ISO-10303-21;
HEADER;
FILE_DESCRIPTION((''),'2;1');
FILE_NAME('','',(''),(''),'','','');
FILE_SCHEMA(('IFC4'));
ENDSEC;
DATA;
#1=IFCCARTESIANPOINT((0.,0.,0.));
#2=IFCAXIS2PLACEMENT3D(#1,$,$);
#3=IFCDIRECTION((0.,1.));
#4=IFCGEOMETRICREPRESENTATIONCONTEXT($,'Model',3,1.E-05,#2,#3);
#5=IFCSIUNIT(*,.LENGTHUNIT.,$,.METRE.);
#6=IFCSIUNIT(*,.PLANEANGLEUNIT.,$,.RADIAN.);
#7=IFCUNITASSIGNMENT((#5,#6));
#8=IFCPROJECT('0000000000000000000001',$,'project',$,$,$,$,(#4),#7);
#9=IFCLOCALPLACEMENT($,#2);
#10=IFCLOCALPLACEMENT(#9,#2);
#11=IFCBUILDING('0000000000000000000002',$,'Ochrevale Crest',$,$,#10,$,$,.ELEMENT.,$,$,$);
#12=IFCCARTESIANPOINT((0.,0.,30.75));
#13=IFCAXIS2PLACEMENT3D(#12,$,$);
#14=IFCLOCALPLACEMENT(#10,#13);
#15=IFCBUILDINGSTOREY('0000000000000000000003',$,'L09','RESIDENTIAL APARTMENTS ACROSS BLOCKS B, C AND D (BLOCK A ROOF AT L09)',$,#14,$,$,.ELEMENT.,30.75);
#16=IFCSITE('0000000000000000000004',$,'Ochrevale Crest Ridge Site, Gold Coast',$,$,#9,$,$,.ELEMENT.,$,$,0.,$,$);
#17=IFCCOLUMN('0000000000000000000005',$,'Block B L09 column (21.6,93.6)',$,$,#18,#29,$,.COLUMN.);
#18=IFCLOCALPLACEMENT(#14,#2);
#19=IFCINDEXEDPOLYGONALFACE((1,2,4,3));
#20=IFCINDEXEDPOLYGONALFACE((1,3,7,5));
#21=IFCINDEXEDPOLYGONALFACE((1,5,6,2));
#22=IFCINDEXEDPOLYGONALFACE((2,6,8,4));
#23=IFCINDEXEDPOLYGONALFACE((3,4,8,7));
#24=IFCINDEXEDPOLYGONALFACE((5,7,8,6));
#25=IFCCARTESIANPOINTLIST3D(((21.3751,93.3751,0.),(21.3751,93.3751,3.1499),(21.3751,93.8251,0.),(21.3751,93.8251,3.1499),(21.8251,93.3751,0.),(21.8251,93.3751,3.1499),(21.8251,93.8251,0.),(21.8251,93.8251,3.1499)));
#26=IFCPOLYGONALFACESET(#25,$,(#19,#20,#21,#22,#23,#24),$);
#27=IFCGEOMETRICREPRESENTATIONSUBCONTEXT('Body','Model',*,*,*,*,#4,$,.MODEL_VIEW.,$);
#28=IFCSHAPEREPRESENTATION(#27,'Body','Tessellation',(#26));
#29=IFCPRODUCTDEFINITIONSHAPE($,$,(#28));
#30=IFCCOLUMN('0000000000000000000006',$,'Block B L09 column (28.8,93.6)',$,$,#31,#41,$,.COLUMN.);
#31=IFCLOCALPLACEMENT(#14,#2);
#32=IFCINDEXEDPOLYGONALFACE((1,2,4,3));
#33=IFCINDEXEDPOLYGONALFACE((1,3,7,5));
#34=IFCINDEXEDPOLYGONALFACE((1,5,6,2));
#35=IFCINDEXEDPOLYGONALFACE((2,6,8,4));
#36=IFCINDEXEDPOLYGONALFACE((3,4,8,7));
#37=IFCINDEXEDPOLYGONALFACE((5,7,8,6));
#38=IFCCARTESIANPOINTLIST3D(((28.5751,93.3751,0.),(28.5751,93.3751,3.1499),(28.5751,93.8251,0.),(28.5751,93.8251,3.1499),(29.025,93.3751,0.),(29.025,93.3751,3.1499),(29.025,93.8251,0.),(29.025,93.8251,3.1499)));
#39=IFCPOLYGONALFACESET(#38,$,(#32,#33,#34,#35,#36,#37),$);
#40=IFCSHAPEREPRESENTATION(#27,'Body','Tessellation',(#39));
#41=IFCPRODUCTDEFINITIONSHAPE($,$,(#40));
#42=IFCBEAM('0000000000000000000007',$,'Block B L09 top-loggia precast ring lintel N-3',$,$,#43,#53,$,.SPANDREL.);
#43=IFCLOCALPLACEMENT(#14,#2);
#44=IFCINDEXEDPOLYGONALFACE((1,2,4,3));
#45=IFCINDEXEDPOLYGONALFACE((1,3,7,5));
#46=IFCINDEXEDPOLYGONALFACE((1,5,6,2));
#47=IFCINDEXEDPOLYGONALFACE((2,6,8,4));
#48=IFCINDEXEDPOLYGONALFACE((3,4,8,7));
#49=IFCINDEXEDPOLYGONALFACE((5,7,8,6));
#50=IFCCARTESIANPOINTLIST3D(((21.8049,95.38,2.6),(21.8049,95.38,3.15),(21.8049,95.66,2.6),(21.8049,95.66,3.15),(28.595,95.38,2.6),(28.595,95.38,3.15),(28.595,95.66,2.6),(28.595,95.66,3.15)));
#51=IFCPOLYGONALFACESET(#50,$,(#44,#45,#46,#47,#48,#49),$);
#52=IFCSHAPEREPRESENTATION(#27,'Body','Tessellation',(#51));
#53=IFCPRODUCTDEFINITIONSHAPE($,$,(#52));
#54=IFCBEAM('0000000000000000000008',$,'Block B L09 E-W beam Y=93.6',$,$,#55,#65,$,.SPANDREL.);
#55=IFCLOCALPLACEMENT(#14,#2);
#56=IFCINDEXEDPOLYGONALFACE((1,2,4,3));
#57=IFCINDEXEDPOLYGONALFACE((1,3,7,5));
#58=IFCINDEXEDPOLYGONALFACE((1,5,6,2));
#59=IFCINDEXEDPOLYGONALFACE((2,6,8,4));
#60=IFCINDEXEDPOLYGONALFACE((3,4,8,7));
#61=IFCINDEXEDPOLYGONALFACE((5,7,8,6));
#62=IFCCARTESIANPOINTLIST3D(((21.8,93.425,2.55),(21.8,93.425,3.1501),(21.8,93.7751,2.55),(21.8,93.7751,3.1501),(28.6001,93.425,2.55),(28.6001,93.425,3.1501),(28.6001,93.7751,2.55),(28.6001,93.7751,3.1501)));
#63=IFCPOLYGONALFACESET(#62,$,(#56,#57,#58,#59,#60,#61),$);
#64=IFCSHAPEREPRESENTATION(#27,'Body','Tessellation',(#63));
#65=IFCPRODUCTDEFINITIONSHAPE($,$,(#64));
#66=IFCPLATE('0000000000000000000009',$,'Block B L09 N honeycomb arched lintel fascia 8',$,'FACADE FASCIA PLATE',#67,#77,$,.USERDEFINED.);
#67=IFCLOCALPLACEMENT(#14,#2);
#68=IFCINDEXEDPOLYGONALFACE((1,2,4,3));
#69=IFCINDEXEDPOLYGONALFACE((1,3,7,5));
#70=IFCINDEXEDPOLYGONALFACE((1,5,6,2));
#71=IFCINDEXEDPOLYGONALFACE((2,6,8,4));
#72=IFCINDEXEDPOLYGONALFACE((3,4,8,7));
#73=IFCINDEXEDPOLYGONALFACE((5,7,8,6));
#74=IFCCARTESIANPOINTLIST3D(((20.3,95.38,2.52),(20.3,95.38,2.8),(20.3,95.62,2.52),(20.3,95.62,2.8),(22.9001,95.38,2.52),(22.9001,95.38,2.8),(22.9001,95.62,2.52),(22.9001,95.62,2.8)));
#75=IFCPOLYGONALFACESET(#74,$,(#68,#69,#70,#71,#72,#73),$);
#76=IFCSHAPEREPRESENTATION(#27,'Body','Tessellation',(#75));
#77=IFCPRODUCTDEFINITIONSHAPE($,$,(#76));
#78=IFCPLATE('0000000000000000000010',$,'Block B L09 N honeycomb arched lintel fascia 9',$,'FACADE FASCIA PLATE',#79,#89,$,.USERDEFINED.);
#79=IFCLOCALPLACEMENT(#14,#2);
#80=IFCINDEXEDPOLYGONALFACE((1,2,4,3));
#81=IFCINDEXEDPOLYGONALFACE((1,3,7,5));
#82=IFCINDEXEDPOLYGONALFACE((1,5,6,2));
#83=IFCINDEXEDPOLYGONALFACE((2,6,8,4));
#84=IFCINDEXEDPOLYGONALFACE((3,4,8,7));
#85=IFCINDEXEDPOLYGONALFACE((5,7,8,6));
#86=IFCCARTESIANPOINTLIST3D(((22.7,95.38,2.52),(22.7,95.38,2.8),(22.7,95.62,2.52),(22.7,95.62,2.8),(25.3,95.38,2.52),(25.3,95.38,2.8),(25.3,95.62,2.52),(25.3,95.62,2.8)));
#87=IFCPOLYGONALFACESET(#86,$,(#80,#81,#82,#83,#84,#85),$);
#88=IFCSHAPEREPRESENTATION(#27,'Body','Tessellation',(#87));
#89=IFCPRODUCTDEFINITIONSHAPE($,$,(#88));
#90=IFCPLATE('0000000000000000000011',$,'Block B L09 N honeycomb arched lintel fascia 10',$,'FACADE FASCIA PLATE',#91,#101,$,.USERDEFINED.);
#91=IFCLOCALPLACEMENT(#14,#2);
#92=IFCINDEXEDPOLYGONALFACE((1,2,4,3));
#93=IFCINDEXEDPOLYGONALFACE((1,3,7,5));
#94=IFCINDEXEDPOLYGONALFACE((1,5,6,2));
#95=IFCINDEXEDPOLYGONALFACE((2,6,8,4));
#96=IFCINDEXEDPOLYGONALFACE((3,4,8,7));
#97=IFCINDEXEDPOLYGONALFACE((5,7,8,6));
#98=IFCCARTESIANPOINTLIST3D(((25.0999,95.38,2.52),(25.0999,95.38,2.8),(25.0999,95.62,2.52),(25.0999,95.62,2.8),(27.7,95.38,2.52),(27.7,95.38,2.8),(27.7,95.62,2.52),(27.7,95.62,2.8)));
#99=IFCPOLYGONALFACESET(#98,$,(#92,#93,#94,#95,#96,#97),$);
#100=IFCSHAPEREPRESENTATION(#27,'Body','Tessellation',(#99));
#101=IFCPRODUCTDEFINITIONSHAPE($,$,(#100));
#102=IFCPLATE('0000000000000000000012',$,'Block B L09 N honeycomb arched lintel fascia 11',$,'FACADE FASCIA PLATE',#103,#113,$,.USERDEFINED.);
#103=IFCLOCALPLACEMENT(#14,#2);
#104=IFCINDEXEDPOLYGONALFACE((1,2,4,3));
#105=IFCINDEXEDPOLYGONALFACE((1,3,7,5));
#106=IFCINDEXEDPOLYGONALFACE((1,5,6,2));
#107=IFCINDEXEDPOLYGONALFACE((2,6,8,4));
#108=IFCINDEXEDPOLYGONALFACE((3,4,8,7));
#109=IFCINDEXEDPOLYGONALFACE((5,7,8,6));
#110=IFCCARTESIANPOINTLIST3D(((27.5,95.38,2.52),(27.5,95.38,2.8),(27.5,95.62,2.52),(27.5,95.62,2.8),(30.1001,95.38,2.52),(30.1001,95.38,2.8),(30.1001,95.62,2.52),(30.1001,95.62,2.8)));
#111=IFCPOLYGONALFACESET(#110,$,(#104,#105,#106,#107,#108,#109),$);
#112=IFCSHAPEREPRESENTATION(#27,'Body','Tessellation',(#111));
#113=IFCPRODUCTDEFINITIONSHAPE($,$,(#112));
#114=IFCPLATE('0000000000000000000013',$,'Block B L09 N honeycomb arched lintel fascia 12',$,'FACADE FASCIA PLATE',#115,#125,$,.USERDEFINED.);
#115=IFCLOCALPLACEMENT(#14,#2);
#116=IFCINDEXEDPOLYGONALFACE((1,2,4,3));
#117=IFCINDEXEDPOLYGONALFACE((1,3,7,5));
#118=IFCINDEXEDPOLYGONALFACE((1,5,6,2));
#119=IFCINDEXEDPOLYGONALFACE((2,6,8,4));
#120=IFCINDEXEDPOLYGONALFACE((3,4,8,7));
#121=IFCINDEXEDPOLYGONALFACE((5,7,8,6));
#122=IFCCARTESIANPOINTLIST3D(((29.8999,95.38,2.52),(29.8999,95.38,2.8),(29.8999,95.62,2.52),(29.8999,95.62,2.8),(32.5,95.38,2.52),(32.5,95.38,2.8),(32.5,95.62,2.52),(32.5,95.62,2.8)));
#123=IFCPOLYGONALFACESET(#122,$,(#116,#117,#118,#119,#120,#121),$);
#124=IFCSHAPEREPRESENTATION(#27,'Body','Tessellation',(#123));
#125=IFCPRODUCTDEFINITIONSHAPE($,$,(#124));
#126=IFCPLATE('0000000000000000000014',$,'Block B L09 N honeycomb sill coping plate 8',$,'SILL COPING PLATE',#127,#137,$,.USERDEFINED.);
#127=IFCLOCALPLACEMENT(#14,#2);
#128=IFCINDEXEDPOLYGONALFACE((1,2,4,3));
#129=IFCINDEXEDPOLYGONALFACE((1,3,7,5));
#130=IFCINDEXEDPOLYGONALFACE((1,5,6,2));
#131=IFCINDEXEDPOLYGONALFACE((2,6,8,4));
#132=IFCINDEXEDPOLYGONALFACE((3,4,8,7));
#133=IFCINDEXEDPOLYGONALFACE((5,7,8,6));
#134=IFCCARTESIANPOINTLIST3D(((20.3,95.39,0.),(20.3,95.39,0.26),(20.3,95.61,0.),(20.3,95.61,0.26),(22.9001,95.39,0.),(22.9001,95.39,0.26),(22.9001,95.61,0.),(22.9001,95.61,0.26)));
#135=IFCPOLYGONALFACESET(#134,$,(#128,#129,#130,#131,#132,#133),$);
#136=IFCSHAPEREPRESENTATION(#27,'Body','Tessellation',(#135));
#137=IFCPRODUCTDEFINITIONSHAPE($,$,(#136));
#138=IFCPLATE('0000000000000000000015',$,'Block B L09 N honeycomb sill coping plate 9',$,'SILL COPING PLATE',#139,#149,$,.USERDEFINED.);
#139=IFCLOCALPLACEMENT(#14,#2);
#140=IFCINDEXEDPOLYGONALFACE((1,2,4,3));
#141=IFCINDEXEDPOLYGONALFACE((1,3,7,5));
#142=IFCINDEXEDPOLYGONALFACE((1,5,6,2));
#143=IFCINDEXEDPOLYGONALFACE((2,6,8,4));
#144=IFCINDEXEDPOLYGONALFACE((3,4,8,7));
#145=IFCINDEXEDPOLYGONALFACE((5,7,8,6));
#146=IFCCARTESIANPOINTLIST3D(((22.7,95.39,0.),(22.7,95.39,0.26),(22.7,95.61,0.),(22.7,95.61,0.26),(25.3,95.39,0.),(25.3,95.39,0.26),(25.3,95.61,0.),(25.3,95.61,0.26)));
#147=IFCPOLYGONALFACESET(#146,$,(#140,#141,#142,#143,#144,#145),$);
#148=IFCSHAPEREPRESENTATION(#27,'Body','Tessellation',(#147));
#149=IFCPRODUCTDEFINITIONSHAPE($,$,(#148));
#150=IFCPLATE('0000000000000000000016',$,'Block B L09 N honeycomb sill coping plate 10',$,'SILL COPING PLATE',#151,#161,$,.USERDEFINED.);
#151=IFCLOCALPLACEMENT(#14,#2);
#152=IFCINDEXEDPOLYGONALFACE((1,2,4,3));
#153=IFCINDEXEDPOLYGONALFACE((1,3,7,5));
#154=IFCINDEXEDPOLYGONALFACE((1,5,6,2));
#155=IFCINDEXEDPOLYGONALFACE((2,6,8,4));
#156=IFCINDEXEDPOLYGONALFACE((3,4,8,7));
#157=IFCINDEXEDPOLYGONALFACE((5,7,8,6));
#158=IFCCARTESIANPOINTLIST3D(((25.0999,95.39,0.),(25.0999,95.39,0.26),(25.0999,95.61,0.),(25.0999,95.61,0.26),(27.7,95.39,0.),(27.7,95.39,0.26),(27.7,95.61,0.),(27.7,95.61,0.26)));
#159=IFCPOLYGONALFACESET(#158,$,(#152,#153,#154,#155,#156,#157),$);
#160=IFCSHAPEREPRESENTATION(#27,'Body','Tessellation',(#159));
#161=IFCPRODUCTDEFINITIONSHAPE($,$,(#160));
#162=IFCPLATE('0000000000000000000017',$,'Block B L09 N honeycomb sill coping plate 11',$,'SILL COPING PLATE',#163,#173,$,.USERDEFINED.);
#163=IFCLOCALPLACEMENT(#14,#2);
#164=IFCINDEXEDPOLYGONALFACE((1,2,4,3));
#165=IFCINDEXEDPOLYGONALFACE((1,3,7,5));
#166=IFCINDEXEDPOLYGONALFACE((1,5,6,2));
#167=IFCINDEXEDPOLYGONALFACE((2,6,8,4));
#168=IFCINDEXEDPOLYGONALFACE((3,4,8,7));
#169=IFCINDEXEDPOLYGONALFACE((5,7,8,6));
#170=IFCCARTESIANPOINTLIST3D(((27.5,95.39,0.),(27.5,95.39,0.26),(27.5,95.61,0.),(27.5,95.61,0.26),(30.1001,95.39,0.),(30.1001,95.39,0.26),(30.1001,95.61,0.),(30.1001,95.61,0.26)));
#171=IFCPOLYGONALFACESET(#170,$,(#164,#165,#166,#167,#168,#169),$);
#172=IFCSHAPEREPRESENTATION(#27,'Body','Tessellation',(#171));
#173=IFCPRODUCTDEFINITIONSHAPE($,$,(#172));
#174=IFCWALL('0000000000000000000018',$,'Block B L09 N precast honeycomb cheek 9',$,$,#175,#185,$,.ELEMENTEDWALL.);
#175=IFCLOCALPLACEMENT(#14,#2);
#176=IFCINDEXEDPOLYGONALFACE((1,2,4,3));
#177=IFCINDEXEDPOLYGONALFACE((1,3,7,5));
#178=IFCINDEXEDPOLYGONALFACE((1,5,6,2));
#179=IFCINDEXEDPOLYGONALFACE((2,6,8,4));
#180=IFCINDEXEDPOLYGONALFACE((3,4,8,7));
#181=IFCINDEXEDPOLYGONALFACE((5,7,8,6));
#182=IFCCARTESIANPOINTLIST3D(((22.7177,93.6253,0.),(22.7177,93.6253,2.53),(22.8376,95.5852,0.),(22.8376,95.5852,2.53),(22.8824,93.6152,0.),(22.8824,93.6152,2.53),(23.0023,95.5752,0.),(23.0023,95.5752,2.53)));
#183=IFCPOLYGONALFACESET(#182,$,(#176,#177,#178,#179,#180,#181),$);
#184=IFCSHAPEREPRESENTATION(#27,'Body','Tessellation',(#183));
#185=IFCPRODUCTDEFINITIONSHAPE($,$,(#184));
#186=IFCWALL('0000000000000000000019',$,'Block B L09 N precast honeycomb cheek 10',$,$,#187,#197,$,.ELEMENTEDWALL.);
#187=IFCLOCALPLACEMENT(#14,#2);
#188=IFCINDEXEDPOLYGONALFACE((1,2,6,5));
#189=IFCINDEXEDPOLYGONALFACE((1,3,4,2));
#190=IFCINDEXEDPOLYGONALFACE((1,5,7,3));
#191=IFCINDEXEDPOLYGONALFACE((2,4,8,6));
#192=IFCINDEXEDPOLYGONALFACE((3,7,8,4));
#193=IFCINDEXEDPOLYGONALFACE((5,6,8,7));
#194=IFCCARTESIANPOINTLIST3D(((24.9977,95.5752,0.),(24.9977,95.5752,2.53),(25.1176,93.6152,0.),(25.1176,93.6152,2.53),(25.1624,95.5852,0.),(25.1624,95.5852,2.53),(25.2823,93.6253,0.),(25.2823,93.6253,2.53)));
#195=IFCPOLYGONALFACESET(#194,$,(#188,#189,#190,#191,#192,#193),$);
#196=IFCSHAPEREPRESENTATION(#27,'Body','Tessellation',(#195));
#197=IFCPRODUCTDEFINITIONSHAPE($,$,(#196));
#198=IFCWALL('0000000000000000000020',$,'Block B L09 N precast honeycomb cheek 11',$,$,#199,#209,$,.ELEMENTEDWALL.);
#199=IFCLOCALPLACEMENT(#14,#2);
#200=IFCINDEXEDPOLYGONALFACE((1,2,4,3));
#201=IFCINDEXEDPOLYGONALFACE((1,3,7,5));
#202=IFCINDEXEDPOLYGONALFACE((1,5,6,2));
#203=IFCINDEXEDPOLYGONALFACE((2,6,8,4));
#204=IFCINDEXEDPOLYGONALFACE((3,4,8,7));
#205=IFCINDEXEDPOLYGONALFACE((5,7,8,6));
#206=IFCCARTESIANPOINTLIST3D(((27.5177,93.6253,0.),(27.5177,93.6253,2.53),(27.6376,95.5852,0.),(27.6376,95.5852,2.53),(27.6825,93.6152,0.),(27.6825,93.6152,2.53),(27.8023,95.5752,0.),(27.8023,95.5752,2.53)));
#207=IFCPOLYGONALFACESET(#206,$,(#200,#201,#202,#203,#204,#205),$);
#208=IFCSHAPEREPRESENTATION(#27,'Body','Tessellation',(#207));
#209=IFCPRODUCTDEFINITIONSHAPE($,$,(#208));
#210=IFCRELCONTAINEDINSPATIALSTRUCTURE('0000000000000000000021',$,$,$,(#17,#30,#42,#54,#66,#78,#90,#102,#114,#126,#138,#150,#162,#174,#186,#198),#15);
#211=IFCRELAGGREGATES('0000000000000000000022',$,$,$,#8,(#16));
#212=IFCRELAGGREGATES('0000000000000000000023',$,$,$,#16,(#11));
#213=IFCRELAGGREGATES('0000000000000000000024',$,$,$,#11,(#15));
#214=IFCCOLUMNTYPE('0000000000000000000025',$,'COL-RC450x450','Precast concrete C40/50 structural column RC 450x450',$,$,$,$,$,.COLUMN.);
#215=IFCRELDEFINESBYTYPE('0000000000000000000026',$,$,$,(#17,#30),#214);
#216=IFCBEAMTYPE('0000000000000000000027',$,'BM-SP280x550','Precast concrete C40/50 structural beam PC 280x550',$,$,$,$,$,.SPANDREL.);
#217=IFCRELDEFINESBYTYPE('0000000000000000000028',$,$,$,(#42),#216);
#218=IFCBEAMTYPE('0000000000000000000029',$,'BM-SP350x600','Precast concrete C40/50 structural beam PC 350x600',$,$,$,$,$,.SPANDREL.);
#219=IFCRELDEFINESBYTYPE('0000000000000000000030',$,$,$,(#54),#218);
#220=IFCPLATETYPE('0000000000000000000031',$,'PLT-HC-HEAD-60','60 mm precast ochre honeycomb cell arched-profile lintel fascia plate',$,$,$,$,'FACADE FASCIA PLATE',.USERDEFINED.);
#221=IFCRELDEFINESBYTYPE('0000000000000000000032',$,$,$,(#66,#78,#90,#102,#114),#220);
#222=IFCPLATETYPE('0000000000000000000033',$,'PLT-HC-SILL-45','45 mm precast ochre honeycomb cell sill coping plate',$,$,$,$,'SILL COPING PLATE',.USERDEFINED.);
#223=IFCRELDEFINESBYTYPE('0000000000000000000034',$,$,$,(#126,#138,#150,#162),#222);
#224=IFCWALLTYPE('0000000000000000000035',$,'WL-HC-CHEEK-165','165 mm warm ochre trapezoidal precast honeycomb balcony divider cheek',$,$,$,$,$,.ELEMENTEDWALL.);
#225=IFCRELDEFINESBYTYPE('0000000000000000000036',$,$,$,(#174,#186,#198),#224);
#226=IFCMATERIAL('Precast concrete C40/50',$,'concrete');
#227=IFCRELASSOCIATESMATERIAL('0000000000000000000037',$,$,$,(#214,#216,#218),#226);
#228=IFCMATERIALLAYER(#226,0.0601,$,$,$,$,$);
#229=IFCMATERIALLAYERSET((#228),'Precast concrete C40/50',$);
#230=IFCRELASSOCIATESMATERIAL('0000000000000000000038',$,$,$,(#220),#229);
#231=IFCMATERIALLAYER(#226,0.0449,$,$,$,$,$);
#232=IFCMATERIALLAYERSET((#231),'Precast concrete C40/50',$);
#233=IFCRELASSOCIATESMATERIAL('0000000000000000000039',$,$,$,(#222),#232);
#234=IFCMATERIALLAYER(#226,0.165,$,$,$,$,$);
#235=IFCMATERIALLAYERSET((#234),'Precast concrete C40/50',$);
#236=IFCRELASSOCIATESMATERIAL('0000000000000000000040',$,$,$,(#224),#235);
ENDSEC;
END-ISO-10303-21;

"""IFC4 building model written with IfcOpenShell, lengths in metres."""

from ifc_helpers import new_model, si_unit, direction, frame, frame_2d, origin, origin_2d, place, context, subcontext, project, spatial, rectangle, extrude, material, layer, layer_set, material_profile, profile_set, type_object, element, save


model = new_model("IFC4")

# Units and contexts
model_context = context("Model", 3, precision=1e-05, world=origin(), true_north=direction((0.0, 1.0)))
body_context = subcontext(model_context, "Body", "Model", "MODEL_VIEW")
ifc_project = project(units=[si_unit("LENGTHUNIT", "METRE"), si_unit("PLANEANGLEUNIT", "RADIAN")], contexts=[model_context])

# Site, building, storey
site_placement = place(None, origin())
site = spatial("IfcSite", under=ifc_project, at=site_placement, Name="Ochrevale Crest Ridge Site, Gold Coast", CompositionType="ELEMENT", RefElevation=0.0)
building_placement = place(site_placement, origin())
building = spatial("IfcBuilding", under=site, at=building_placement, Name="Ochrevale Crest", CompositionType="ELEMENT")
storey_placement = place(building_placement, frame((0.0, 0.0, 30.75)))
storey = spatial("IfcBuildingStorey", under=building, at=storey_placement, Name="L09", Description="RESIDENTIAL APARTMENTS ACROSS BLOCKS B, C AND D (BLOCK A ROOF AT L09)", CompositionType="ELEMENT", Elevation=30.75)

# Columns
ifc_material = material(Name="Precast concrete C40/50", Category="concrete")
ifc_material_profile_1 = material_profile(ifc_material, rectangle(XDim=0.45, YDim=0.45, at=origin_2d()), Name="RC 450x450")
ifc_profile_set_1 = profile_set([ifc_material_profile_1], Name="Precast concrete C40/50")
column_type = type_object("IfcColumnType", Name="COL-RC450x450", Description="Precast concrete C40/50 structural column RC 450x450", PredefinedType="COLUMN", material=ifc_profile_set_1)
for number, where, z_axis, x_axis, name in (
    (1, (21.6001, 93.6001, 0.0), (0.0, 0.0, 1.0), (1.0, 0.0, 0.0), "Block B L09 column (21.6,93.6)"),
    (2, (28.8, 93.6001, 0.0), (0.0, 0.0, 1.0), (1.0, 0.0, 0.0), "Block B L09 column (28.8,93.6)"),
):
    element("IfcColumn", number, at=place(storey_placement, frame(where, z_axis=z_axis, x_axis=x_axis)), inside=storey, type_object=column_type, Name=name, PredefinedType="COLUMN", context=body_context, shape_type="SweptSolid", body=[
        extrude(rectangle(XDim=0.45, YDim=0.45, at=origin_2d()), origin(), (0.0, 0.0, 1.0), 3.1499),
    ])

# Beams
ifc_material_profile_2 = material_profile(ifc_material, rectangle(XDim=0.28, YDim=0.55, at=origin_2d()), Name="PC 280x550")
ifc_profile_set_2 = profile_set([ifc_material_profile_2], Name="Precast concrete C40/50")
beam_type_1 = type_object("IfcBeamType", Name="BM-SP280x550", Description="Precast concrete C40/50 structural beam PC 280x550", PredefinedType="SPANDREL", material=ifc_profile_set_2)
beam_1_placement = place(storey_placement, frame((21.8049, 95.52, 2.875), z_axis=(1.0, 0.0, 0.0), x_axis=(0.0, 1.0, 0.0)))
element("IfcBeam", 3, at=beam_1_placement, inside=storey, type_object=beam_type_1, Name="Block B L09 top-loggia precast ring lintel N-3", PredefinedType="SPANDREL", context=body_context, shape_type="SweptSolid", body=[
    extrude(rectangle(XDim=0.28, YDim=0.55, at=origin_2d()), origin(), (0.0, 0.0, 1.0), 6.79),
])
ifc_material_profile_3 = material_profile(ifc_material, rectangle(XDim=0.3501, YDim=0.6001, at=origin_2d()), Name="PC 350x600")
ifc_profile_set_3 = profile_set([ifc_material_profile_3], Name="Precast concrete C40/50")
beam_type_2 = type_object("IfcBeamType", Name="BM-SP350x600", Description="Precast concrete C40/50 structural beam PC 350x600", PredefinedType="SPANDREL", material=ifc_profile_set_3)
beam_2_placement = place(storey_placement, frame((21.8, 93.6001, 2.8501), z_axis=(1.0, 0.0, 0.0), x_axis=(0.0, 1.0, 0.0)))
element("IfcBeam", 4, at=beam_2_placement, inside=storey, type_object=beam_type_2, Name="Block B L09 E-W beam Y=93.6", PredefinedType="SPANDREL", context=body_context, shape_type="SweptSolid", body=[
    extrude(rectangle(XDim=0.3501, YDim=0.6001, at=origin_2d()), origin(), (0.0, 0.0, 1.0), 6.8),
])

# Plates
ifc_layer_1 = layer(ifc_material, 0.0601)
ifc_layer_set_1 = layer_set([ifc_layer_1], Name="Precast concrete C40/50")
plate_type_1 = type_object("IfcPlateType", Name="PLT-HC-HEAD-60", Description="60 mm precast ochre honeycomb cell arched-profile lintel fascia plate", ElementType="FACADE FASCIA PLATE", PredefinedType="USERDEFINED", material=ifc_layer_set_1)
for number, where, z_axis, x_axis, name in (
    (5, (21.6001, 95.5, 2.52), (0.0, 0.0, 1.0), (1.0, 0.0, 0.0), "Block B L09 N honeycomb arched lintel fascia 8"),
    (6, (24.0, 95.5, 2.52), (0.0, 0.0, 1.0), (1.0, 0.0, 0.0), "Block B L09 N honeycomb arched lintel fascia 9"),
    (7, (26.3999, 95.5, 2.52), (0.0, 0.0, 1.0), (1.0, 0.0, 0.0), "Block B L09 N honeycomb arched lintel fascia 10"),
    (8, (28.8, 95.5, 2.52), (0.0, 0.0, 1.0), (1.0, 0.0, 0.0), "Block B L09 N honeycomb arched lintel fascia 11"),
    (9, (31.2, 95.5, 2.52), (0.0, 0.0, 1.0), (1.0, 0.0, 0.0), "Block B L09 N honeycomb arched lintel fascia 12"),
):
    element("IfcPlate", number, at=place(storey_placement, frame(where, z_axis=z_axis, x_axis=x_axis)), inside=storey, type_object=plate_type_1, Name=name, ObjectType="FACADE FASCIA PLATE", PredefinedType="USERDEFINED", context=body_context, shape_type="SweptSolid", body=[
        extrude(rectangle(XDim=2.6001, YDim=0.24, at=origin_2d()), origin(), (0.0, 0.0, 1.0), 0.28),
    ])
ifc_layer_2 = layer(ifc_material, 0.0449)
ifc_layer_set_2 = layer_set([ifc_layer_2], Name="Precast concrete C40/50")
plate_type_2 = type_object("IfcPlateType", Name="PLT-HC-SILL-45", Description="45 mm precast ochre honeycomb cell sill coping plate", ElementType="SILL COPING PLATE", PredefinedType="USERDEFINED", material=ifc_layer_set_2)
for number, where, z_axis, x_axis, name in (
    (10, (21.6001, 95.5, 0.0), (0.0, 0.0, 1.0), (1.0, 0.0, 0.0), "Block B L09 N honeycomb sill coping plate 8"),
    (11, (24.0, 95.5, 0.0), (0.0, 0.0, 1.0), (1.0, 0.0, 0.0), "Block B L09 N honeycomb sill coping plate 9"),
    (12, (26.3999, 95.5, 0.0), (0.0, 0.0, 1.0), (1.0, 0.0, 0.0), "Block B L09 N honeycomb sill coping plate 10"),
    (13, (28.8, 95.5, 0.0), (0.0, 0.0, 1.0), (1.0, 0.0, 0.0), "Block B L09 N honeycomb sill coping plate 11"),
):
    element("IfcPlate", number, at=place(storey_placement, frame(where, z_axis=z_axis, x_axis=x_axis)), inside=storey, type_object=plate_type_2, Name=name, ObjectType="SILL COPING PLATE", PredefinedType="USERDEFINED", context=body_context, shape_type="SweptSolid", body=[
        extrude(rectangle(XDim=2.6001, YDim=0.22, at=origin_2d()), origin(), (0.0, 0.0, 1.0), 0.26),
    ])

# Walls
ifc_layer_3 = layer(ifc_material, 0.165)
ifc_layer_set_3 = layer_set([ifc_layer_3], Name="Precast concrete C40/50")
wall_type = type_object("IfcWallType", Name="WL-HC-CHEEK-165", Description="165 mm warm ochre trapezoidal precast honeycomb balcony divider cheek", PredefinedType="ELEMENTEDWALL", material=ifc_layer_set_3)
for number, where, z_axis, x_axis, name in (
    (14, (22.8, 93.6201, 0.0), (0.0, 0.0, 1.0), (0.061047, 0.998135, 0.0), "Block B L09 N precast honeycomb cheek 9"),
    (15, (25.2, 93.6201, 0.0), (0.0, 0.0, 1.0), (-0.061047, 0.998135, 0.0), "Block B L09 N precast honeycomb cheek 10"),
    (16, (27.6001, 93.6201, 0.0), (0.0, 0.0, 1.0), (0.061047, 0.998135, 0.0), "Block B L09 N precast honeycomb cheek 11"),
):
    element("IfcWall", number, at=place(storey_placement, frame(where, z_axis=z_axis, x_axis=x_axis)), inside=storey, type_object=wall_type, Name=name, PredefinedType="ELEMENTEDWALL", context=body_context, shape_type="SweptSolid", body=[
        extrude(rectangle(XDim=1.9636, YDim=0.165, at=frame_2d((0.9819, 0.0))), origin(), (0.0, 0.0, 1.0), 2.53),
    ])

save(model, "model.ifc")
